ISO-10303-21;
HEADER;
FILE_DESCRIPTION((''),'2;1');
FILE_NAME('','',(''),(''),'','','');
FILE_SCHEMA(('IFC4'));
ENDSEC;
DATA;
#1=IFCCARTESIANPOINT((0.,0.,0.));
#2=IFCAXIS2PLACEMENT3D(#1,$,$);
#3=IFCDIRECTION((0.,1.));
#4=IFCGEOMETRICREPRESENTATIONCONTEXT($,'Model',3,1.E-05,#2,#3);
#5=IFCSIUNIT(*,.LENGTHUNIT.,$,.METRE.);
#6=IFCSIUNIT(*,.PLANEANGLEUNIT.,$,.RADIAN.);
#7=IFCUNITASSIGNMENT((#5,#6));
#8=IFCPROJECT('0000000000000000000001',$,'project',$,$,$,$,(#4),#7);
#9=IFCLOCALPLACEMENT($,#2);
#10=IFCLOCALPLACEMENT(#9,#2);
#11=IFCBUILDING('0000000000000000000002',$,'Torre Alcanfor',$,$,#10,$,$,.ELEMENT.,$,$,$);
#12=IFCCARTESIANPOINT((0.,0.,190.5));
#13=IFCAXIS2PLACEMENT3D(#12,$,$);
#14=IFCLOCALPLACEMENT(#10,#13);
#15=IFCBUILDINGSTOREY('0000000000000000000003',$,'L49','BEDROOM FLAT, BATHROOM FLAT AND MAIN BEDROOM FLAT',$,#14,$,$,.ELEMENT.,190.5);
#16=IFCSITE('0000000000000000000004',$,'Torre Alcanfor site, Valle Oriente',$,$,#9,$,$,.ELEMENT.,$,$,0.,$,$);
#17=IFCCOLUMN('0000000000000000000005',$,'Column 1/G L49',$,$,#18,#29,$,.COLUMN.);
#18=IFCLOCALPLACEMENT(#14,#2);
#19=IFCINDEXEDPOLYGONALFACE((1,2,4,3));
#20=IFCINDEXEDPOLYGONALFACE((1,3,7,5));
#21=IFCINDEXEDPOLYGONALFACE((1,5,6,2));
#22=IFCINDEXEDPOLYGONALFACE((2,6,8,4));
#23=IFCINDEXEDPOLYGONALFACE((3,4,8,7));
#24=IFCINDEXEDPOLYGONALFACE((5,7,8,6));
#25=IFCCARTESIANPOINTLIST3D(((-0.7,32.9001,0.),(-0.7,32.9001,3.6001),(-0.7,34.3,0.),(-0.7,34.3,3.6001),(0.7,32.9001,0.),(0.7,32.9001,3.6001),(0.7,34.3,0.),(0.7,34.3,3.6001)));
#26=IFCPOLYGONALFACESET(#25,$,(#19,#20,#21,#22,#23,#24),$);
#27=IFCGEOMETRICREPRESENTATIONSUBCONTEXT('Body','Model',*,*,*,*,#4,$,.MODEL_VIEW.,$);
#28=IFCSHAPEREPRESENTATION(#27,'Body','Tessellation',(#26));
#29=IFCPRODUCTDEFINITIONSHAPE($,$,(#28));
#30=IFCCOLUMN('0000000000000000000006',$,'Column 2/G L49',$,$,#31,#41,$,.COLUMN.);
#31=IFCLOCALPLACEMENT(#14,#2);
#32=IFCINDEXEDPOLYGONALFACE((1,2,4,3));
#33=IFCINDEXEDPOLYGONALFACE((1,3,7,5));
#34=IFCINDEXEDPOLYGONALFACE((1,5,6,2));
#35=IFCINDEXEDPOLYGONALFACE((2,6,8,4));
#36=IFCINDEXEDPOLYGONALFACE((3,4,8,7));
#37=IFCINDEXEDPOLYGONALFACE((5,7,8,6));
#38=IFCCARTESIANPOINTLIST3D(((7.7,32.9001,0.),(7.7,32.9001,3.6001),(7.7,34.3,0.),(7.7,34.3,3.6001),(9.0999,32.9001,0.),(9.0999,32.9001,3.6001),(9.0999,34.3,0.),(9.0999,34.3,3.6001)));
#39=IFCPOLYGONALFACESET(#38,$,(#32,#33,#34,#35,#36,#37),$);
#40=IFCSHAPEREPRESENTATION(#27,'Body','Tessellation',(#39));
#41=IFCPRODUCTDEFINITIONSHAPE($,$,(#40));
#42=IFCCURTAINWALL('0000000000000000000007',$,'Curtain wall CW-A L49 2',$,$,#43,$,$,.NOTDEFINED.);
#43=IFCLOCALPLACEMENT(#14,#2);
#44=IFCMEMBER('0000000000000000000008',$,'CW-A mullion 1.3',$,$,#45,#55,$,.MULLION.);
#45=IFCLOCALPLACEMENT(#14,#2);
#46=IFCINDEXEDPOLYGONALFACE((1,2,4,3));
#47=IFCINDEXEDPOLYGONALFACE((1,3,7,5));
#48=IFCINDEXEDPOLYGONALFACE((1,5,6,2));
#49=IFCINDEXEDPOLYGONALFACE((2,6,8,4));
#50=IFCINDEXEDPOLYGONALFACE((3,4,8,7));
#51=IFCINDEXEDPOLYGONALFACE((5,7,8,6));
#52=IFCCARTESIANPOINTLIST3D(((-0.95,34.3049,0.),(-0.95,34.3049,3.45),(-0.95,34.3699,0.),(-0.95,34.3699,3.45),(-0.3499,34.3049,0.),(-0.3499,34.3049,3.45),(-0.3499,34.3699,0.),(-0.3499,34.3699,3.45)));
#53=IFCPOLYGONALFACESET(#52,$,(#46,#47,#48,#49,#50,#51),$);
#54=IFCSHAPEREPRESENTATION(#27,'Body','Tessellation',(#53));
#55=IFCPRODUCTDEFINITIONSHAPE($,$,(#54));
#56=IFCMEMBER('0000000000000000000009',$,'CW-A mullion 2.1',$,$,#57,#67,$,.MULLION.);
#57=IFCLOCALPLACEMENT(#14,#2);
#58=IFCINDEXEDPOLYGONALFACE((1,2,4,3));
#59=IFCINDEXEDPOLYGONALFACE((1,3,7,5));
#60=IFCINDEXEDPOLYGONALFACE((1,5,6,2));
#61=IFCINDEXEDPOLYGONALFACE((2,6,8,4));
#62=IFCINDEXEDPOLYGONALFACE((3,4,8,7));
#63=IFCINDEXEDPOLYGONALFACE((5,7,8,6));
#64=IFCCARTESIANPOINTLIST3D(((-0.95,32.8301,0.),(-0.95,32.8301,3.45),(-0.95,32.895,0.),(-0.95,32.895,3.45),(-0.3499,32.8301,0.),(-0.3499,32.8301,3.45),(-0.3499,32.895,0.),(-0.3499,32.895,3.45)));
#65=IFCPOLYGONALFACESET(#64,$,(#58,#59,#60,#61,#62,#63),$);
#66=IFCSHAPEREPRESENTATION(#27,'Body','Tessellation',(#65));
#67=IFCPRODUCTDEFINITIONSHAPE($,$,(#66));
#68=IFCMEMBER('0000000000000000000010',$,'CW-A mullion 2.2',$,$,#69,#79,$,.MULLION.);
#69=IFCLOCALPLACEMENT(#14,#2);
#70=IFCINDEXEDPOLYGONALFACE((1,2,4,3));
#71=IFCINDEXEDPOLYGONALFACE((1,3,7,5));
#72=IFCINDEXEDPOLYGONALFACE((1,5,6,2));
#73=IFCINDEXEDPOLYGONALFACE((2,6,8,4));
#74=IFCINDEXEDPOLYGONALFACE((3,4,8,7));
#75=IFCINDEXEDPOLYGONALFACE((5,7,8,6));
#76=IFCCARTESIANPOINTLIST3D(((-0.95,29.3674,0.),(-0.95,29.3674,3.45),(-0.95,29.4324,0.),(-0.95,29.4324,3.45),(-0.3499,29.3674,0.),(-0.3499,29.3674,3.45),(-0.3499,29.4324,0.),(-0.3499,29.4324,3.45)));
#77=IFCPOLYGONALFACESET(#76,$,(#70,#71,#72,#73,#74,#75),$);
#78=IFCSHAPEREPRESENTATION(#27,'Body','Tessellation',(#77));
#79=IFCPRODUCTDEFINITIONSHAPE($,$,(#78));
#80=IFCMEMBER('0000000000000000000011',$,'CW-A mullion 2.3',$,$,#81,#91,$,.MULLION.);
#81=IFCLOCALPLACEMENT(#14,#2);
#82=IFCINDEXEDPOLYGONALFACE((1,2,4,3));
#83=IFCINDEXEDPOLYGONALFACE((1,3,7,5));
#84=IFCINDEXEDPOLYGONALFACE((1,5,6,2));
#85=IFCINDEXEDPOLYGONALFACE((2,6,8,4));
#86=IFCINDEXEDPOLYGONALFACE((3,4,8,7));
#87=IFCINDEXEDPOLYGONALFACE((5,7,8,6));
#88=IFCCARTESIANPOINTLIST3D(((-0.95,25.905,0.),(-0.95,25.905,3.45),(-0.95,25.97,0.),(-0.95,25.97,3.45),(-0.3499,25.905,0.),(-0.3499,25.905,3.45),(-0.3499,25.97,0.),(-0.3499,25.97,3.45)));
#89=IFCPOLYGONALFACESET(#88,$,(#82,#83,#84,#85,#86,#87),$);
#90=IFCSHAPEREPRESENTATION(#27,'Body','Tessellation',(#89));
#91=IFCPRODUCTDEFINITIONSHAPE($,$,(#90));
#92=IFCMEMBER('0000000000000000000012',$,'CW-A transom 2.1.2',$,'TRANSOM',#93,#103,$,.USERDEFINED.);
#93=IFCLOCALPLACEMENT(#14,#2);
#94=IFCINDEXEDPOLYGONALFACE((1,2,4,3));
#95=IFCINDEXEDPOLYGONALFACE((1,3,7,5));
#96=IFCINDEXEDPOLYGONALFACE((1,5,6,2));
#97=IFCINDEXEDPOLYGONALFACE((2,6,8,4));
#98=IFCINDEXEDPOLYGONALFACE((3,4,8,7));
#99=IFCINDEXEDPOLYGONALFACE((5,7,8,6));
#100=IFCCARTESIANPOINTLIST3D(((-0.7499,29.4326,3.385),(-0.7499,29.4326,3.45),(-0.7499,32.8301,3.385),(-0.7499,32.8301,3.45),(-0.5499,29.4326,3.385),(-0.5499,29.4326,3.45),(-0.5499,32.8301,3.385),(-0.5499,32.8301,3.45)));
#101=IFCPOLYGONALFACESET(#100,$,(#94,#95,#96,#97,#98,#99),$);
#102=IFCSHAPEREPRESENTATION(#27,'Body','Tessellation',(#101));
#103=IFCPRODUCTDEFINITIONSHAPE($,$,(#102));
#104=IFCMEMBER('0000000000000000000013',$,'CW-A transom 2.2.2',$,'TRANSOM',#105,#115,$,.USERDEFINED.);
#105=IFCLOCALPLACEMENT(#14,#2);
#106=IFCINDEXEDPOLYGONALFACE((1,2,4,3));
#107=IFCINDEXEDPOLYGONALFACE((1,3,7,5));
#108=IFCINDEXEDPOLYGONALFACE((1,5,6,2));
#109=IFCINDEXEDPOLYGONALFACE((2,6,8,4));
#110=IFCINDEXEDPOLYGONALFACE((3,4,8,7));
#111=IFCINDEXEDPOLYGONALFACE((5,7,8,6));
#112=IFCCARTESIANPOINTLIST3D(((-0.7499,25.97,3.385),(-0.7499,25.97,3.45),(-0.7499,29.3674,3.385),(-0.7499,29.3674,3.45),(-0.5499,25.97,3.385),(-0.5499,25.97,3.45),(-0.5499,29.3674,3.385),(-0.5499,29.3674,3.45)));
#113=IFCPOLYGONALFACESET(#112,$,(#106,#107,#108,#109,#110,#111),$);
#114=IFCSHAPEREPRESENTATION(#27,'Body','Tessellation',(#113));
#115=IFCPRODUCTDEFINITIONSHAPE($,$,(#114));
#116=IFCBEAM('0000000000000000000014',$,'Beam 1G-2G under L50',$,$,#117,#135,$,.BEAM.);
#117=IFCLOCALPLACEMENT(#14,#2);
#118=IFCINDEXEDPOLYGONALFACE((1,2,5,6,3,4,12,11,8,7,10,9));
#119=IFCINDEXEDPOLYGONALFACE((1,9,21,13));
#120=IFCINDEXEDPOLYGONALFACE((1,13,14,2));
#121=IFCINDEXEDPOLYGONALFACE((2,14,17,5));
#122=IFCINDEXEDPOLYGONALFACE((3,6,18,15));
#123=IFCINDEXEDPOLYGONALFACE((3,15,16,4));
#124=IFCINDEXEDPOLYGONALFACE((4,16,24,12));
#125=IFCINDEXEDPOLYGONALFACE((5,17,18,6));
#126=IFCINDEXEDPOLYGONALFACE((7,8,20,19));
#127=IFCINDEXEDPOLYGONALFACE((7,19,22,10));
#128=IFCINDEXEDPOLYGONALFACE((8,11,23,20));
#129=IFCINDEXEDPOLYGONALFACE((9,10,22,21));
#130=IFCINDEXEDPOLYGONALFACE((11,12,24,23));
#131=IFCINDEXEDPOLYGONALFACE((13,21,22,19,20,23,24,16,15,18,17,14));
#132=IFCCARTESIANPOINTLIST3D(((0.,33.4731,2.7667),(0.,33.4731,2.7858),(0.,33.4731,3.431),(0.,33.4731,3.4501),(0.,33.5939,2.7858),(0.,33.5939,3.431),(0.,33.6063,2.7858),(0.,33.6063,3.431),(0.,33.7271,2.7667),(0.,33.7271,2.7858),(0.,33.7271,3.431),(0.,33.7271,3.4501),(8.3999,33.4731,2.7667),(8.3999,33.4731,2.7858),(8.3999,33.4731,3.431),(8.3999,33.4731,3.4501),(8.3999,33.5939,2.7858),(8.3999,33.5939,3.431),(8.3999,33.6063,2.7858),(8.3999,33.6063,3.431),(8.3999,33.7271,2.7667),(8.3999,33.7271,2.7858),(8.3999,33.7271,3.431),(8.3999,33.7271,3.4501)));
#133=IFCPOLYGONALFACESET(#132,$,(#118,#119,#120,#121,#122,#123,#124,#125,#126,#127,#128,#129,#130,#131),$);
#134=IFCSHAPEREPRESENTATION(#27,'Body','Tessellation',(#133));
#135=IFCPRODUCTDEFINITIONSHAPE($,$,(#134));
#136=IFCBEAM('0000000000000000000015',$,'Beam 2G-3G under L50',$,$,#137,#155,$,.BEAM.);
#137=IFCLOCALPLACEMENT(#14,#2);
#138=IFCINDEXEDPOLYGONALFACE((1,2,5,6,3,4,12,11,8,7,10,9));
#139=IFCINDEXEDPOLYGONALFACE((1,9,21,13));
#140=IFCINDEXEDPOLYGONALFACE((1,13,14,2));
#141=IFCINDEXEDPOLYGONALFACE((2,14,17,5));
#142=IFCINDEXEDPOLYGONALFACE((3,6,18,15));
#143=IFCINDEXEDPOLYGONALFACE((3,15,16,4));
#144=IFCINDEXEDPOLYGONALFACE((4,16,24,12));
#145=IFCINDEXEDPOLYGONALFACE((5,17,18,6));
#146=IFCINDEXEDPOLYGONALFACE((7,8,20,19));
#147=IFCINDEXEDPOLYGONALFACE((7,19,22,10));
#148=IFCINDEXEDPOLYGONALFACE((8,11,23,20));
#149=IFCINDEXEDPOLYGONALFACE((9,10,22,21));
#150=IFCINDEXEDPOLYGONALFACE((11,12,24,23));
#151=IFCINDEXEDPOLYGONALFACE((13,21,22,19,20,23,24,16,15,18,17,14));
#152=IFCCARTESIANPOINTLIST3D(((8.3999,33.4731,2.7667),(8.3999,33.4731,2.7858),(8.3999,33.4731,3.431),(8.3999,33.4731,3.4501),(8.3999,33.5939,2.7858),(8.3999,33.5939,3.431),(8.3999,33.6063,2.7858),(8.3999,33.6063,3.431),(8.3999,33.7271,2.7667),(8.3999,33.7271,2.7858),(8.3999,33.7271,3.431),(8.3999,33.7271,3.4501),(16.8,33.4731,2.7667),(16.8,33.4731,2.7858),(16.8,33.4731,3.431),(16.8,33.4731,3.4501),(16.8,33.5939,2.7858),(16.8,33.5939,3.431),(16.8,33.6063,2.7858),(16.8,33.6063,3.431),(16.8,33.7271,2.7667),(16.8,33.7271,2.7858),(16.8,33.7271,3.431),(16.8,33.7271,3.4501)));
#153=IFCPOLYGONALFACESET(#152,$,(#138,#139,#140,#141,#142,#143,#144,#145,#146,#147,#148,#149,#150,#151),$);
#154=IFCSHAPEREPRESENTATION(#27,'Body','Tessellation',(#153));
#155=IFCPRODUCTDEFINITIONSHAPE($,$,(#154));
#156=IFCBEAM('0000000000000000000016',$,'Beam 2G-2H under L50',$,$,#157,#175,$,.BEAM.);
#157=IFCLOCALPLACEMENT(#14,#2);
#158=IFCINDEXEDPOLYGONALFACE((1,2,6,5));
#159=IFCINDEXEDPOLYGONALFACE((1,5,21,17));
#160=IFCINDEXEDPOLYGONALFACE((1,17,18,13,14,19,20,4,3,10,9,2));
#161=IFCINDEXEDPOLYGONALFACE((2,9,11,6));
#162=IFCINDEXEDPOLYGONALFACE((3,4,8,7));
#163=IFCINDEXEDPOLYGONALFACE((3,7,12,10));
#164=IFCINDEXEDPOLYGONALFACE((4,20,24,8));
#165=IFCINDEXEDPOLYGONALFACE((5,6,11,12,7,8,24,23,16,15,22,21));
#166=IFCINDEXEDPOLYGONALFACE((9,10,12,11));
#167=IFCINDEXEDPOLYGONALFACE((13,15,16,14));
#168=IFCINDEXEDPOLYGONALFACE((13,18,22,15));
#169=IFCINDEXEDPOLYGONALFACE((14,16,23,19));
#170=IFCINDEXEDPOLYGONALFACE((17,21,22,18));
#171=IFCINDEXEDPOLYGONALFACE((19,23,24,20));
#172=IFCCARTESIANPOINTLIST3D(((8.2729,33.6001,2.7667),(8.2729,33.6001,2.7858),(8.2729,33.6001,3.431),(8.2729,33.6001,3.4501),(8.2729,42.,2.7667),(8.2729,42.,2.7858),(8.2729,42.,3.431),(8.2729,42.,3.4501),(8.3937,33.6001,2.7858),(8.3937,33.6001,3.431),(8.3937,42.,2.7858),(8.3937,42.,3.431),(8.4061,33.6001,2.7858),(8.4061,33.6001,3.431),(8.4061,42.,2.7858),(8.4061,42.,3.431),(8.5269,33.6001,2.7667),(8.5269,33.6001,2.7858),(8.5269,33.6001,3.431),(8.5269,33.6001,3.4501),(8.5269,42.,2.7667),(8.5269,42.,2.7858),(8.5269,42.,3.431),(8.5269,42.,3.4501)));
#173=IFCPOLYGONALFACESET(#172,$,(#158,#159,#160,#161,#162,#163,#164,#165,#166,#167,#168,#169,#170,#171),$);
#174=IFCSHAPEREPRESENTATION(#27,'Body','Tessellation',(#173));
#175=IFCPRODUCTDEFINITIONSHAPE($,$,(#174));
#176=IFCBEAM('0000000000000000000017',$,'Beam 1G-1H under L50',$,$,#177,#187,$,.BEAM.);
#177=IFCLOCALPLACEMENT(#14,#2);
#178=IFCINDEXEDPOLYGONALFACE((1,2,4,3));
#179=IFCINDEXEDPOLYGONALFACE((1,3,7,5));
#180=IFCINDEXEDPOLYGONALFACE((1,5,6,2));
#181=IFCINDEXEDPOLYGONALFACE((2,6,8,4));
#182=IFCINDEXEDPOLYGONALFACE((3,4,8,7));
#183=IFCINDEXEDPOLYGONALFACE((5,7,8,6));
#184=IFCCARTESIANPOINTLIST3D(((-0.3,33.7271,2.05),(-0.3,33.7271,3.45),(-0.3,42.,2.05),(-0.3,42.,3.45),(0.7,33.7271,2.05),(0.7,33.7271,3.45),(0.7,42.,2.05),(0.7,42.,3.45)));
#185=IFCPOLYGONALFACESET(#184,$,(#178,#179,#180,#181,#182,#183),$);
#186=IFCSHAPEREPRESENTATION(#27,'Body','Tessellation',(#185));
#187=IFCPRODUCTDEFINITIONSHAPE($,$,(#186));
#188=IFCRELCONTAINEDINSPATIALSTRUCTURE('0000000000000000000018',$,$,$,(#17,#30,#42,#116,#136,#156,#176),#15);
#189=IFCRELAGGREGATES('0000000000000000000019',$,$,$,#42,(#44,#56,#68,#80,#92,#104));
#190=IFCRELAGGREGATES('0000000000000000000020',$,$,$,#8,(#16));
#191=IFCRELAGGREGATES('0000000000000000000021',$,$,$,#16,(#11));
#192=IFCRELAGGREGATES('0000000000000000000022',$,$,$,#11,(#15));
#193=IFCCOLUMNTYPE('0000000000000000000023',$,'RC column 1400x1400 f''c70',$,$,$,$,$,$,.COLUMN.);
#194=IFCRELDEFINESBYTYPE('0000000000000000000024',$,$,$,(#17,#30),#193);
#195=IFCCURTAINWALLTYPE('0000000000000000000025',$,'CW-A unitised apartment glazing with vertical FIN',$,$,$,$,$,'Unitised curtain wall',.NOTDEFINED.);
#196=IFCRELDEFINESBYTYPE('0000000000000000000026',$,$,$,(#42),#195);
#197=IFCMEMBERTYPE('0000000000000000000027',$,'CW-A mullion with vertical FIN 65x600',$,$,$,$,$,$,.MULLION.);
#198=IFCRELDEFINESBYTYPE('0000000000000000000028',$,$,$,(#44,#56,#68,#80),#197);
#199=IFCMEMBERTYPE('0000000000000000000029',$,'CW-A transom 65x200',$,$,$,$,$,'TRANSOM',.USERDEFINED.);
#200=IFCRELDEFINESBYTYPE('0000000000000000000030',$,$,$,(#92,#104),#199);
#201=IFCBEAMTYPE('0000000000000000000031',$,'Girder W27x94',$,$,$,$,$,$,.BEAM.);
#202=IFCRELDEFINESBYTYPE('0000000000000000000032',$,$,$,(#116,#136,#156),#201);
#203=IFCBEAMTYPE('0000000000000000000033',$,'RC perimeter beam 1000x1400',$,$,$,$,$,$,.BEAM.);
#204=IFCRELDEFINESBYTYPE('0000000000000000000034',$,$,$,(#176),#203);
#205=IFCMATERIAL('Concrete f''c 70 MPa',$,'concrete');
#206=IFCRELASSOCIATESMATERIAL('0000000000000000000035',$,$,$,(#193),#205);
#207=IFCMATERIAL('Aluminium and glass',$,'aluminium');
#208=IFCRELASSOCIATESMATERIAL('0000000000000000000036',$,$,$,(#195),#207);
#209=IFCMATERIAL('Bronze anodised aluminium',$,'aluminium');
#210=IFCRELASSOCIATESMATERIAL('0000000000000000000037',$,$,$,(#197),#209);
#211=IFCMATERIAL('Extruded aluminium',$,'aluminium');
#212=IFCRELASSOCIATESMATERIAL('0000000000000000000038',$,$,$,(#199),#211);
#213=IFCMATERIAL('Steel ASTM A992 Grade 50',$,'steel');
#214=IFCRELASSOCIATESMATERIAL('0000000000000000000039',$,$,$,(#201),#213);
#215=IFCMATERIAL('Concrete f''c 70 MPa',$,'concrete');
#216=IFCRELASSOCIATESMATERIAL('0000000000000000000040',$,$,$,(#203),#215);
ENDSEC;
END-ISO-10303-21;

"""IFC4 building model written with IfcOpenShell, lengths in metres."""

from ifc_helpers import new_model, si_unit, direction, frame, origin, origin_2d, place, context, subcontext, project, spatial, rectangle, i_section, extrude, material, material_profile, profile_set, type_object, element, aggregate, save


model = new_model("IFC4")

# Units and contexts
model_context = context("Model", 3, precision=1e-05, world=origin(), true_north=direction((0.0, 1.0)))
body_context = subcontext(model_context, "Body", "Model", "MODEL_VIEW")
ifc_project = project(units=[si_unit("LENGTHUNIT", "METRE"), si_unit("PLANEANGLEUNIT", "RADIAN")], contexts=[model_context])

# Site, building, storey
site_placement = place(None, origin())
site = spatial("IfcSite", under=ifc_project, at=site_placement, Name="Torre Alcanfor site, Valle Oriente", CompositionType="ELEMENT", RefElevation=0.0)
building_placement = place(site_placement, origin())
building = spatial("IfcBuilding", under=site, at=building_placement, Name="Torre Alcanfor", CompositionType="ELEMENT")
storey_placement = place(building_placement, frame((0.0, 0.0, 190.5)))
storey = spatial("IfcBuildingStorey", under=building, at=storey_placement, Name="L49", Description="BEDROOM FLAT, BATHROOM FLAT AND MAIN BEDROOM FLAT", CompositionType="ELEMENT", Elevation=190.5)

# Columns
ifc_material_1 = material(Name="Concrete f'c 70 MPa", Category="concrete")
ifc_material_profile_1 = material_profile(ifc_material_1, rectangle(XDim=1.3999, YDim=1.3999, at=origin_2d()), Name="1400x1400")
ifc_profile_set_1 = profile_set([ifc_material_profile_1], Name="Concrete f'c 70 MPa")
column_type = type_object("IfcColumnType", Name="RC column 1400x1400 f'c70", PredefinedType="COLUMN", material=ifc_profile_set_1)
for number, where, z_axis, x_axis, name in (
    (1, (0.0, 33.6001, 0.0), (0.0, 0.0, 1.0), (1.0, 0.0, 0.0), "Column 1/G L49"),
    (2, (8.3999, 33.6001, 0.0), (0.0, 0.0, 1.0), (1.0, 0.0, 0.0), "Column 2/G L49"),
):
    element("IfcColumn", number, at=place(storey_placement, frame(where, z_axis=z_axis, x_axis=x_axis)), inside=storey, type_object=column_type, Name=name, PredefinedType="COLUMN", context=body_context, shape_type="SweptSolid", body=[
        extrude(rectangle(XDim=1.3999, YDim=1.3999, at=origin_2d()), origin(), (0.0, 0.0, 1.0), 3.6001),
    ])

# Curtain wall, members
ifc_material_2 = material(Name="Aluminium and glass", Category="aluminium")
curtain_wall_type = type_object("IfcCurtainWallType", Name="CW-A unitised apartment glazing with vertical FIN", ElementType="Unitised curtain wall", PredefinedType="NOTDEFINED", material=ifc_material_2)
curtain_wall_placement = place(storey_placement, origin())
curtain_wall = element("IfcCurtainWall", 3, at=curtain_wall_placement, inside=storey, type_object=curtain_wall_type, Name="Curtain wall CW-A L49 2", PredefinedType="NOTDEFINED")
ifc_material_3 = material(Name="Bronze anodised aluminium", Category="aluminium")
ifc_material_profile_2 = material_profile(ifc_material_3, rectangle(XDim=0.6001, YDim=0.0649, at=origin_2d()), Name="CW-A mullion 65x600")
ifc_profile_set_2 = profile_set([ifc_material_profile_2], Name="Bronze anodised aluminium")
member_type_1 = type_object("IfcMemberType", Name="CW-A mullion with vertical FIN 65x600", PredefinedType="MULLION", material=ifc_profile_set_2)
member_1_placement = place(storey_placement, frame((-0.6499, 34.3374, 0.0), z_axis=(0.0, 0.0, 1.0), x_axis=(1.0, 0.0, 0.0)))
member_1 = element("IfcMember", 4, at=member_1_placement, type_object=member_type_1, Name="CW-A mullion 1.3", PredefinedType="MULLION", context=body_context, shape_type="SweptSolid", body=[
    extrude(rectangle(XDim=0.6001, YDim=0.0649, at=origin_2d()), origin(), (0.0, 0.0, 1.0), 3.45),
])
member_2_placement = place(storey_placement, frame((-0.6499, 32.8625, 0.0), z_axis=(0.0, 0.0, 1.0), x_axis=(1.0, 0.0, 0.0)))
member_2 = element("IfcMember", 5, at=member_2_placement, type_object=member_type_1, Name="CW-A mullion 2.1", PredefinedType="MULLION", context=body_context, shape_type="SweptSolid", body=[
    extrude(rectangle(XDim=0.6001, YDim=0.0649, at=origin_2d()), origin(), (0.0, 0.0, 1.0), 3.45),
])
member_3_placement = place(storey_placement, frame((-0.6499, 29.3999, 0.0), z_axis=(0.0, 0.0, 1.0), x_axis=(1.0, 0.0, 0.0)))
member_3 = element("IfcMember", 6, at=member_3_placement, type_object=member_type_1, Name="CW-A mullion 2.2", PredefinedType="MULLION", context=body_context, shape_type="SweptSolid", body=[
    extrude(rectangle(XDim=0.6001, YDim=0.0649, at=origin_2d()), origin(), (0.0, 0.0, 1.0), 3.45),
])
member_4_placement = place(storey_placement, frame((-0.6499, 25.9375, 0.0), z_axis=(0.0, 0.0, 1.0), x_axis=(1.0, 0.0, 0.0)))
member_4 = element("IfcMember", 7, at=member_4_placement, type_object=member_type_1, Name="CW-A mullion 2.3", PredefinedType="MULLION", context=body_context, shape_type="SweptSolid", body=[
    extrude(rectangle(XDim=0.6001, YDim=0.0649, at=origin_2d()), origin(), (0.0, 0.0, 1.0), 3.45),
])
ifc_material_4 = material(Name="Extruded aluminium", Category="aluminium")
ifc_material_profile_3 = material_profile(ifc_material_4, rectangle(XDim=0.2, YDim=0.0649, at=origin_2d()), Name="CW-A transom 200x65")
ifc_profile_set_3 = profile_set([ifc_material_profile_3], Name="Extruded aluminium")
member_type_2 = type_object("IfcMemberType", Name="CW-A transom 65x200", ElementType="TRANSOM", PredefinedType="USERDEFINED", material=ifc_profile_set_3)
member_5_placement = place(storey_placement, frame((-0.6499, 32.8301, 3.4175), z_axis=(0.0, -1.0, 0.0), x_axis=(1.0, 0.0, 0.0)))
member_5 = element("IfcMember", 8, at=member_5_placement, type_object=member_type_2, Name="CW-A transom 2.1.2", ObjectType="TRANSOM", PredefinedType="USERDEFINED", context=body_context, shape_type="SweptSolid", body=[
    extrude(rectangle(XDim=0.2, YDim=0.0649, at=origin_2d()), origin(), (0.0, 0.0, 1.0), 3.3975),
])
member_6_placement = place(storey_placement, frame((-0.6499, 29.3674, 3.4175), z_axis=(0.0, -1.0, 0.0), x_axis=(1.0, 0.0, 0.0)))
member_6 = element("IfcMember", 9, at=member_6_placement, type_object=member_type_2, Name="CW-A transom 2.2.2", ObjectType="TRANSOM", PredefinedType="USERDEFINED", context=body_context, shape_type="SweptSolid", body=[
    extrude(rectangle(XDim=0.2, YDim=0.0649, at=origin_2d()), origin(), (0.0, 0.0, 1.0), 3.3975),
])

# Beams
ifc_material_5 = material(Name="Steel ASTM A992 Grade 50", Category="steel")
ifc_material_profile_4 = material_profile(ifc_material_5, i_section(OverallWidth=0.2539, OverallDepth=0.6833, WebThickness=0.0125, FlangeThickness=0.019, at=origin_2d()), Name="W27x94")
ifc_profile_set_4 = profile_set([ifc_material_profile_4], Name="Steel ASTM A992 Grade 50")
beam_type_1 = type_object("IfcBeamType", Name="Girder W27x94", PredefinedType="BEAM", material=ifc_profile_set_4)
beam_1_placement = place(storey_placement, frame((0.0, 33.6001, 3.1084), z_axis=(1.0, 0.0, 0.0), x_axis=(0.0, 1.0, 0.0)))
element("IfcBeam", 10, at=beam_1_placement, inside=storey, type_object=beam_type_1, Name="Beam 1G-2G under L50", PredefinedType="BEAM", context=body_context, shape_type="SweptSolid", body=[
    extrude(i_section(OverallWidth=0.2539, OverallDepth=0.6833, WebThickness=0.0125, FlangeThickness=0.019, at=origin_2d()), origin(), (0.0, 0.0, 1.0), 8.3999),
])
beam_2_placement = place(storey_placement, frame((8.3999, 33.6001, 3.1084), z_axis=(1.0, 0.0, 0.0), x_axis=(0.0, 1.0, 0.0)))
element("IfcBeam", 11, at=beam_2_placement, inside=storey, type_object=beam_type_1, Name="Beam 2G-3G under L50", PredefinedType="BEAM", context=body_context, shape_type="SweptSolid", body=[
    extrude(i_section(OverallWidth=0.2539, OverallDepth=0.6833, WebThickness=0.0125, FlangeThickness=0.019, at=origin_2d()), origin(), (0.0, 0.0, 1.0), 8.4001),
])
beam_3_placement = place(storey_placement, frame((8.3999, 33.6001, 3.1084), z_axis=(0.0, 1.0, 0.0), x_axis=(-1.0, 0.0, 0.0)))
element("IfcBeam", 12, at=beam_3_placement, inside=storey, type_object=beam_type_1, Name="Beam 2G-2H under L50", PredefinedType="BEAM", context=body_context, shape_type="SweptSolid", body=[
    extrude(i_section(OverallWidth=0.2539, OverallDepth=0.6833, WebThickness=0.0125, FlangeThickness=0.019, at=origin_2d()), origin(), (0.0, 0.0, 1.0), 8.3999),
])
ifc_material_6 = material(Name="Concrete f'c 70 MPa", Category="concrete")
ifc_material_profile_5 = material_profile(ifc_material_6, rectangle(XDim=1.0, YDim=1.3999, at=origin_2d()), Name="1000x1400")
ifc_profile_set_5 = profile_set([ifc_material_profile_5], Name="Concrete f'c 70 MPa")
beam_type_2 = type_object("IfcBeamType", Name="RC perimeter beam 1000x1400", PredefinedType="BEAM", material=ifc_profile_set_5)
beam_4_placement = place(storey_placement, frame((0.2, 33.7271, 2.75), z_axis=(0.0, 1.0, 0.0), x_axis=(-1.0, 0.0, 0.0)))
element("IfcBeam", 13, at=beam_4_placement, inside=storey, type_object=beam_type_2, Name="Beam 1G-1H under L50", PredefinedType="BEAM", context=body_context, shape_type="SweptSolid", body=[
    extrude(rectangle(XDim=1.0, YDim=1.3999, at=origin_2d()), origin(), (0.0, 0.0, 1.0), 8.2729),
])

aggregate(curtain_wall, [member_1, member_2, member_3, member_4, member_5, member_6])

save(model, "model.ifc")
